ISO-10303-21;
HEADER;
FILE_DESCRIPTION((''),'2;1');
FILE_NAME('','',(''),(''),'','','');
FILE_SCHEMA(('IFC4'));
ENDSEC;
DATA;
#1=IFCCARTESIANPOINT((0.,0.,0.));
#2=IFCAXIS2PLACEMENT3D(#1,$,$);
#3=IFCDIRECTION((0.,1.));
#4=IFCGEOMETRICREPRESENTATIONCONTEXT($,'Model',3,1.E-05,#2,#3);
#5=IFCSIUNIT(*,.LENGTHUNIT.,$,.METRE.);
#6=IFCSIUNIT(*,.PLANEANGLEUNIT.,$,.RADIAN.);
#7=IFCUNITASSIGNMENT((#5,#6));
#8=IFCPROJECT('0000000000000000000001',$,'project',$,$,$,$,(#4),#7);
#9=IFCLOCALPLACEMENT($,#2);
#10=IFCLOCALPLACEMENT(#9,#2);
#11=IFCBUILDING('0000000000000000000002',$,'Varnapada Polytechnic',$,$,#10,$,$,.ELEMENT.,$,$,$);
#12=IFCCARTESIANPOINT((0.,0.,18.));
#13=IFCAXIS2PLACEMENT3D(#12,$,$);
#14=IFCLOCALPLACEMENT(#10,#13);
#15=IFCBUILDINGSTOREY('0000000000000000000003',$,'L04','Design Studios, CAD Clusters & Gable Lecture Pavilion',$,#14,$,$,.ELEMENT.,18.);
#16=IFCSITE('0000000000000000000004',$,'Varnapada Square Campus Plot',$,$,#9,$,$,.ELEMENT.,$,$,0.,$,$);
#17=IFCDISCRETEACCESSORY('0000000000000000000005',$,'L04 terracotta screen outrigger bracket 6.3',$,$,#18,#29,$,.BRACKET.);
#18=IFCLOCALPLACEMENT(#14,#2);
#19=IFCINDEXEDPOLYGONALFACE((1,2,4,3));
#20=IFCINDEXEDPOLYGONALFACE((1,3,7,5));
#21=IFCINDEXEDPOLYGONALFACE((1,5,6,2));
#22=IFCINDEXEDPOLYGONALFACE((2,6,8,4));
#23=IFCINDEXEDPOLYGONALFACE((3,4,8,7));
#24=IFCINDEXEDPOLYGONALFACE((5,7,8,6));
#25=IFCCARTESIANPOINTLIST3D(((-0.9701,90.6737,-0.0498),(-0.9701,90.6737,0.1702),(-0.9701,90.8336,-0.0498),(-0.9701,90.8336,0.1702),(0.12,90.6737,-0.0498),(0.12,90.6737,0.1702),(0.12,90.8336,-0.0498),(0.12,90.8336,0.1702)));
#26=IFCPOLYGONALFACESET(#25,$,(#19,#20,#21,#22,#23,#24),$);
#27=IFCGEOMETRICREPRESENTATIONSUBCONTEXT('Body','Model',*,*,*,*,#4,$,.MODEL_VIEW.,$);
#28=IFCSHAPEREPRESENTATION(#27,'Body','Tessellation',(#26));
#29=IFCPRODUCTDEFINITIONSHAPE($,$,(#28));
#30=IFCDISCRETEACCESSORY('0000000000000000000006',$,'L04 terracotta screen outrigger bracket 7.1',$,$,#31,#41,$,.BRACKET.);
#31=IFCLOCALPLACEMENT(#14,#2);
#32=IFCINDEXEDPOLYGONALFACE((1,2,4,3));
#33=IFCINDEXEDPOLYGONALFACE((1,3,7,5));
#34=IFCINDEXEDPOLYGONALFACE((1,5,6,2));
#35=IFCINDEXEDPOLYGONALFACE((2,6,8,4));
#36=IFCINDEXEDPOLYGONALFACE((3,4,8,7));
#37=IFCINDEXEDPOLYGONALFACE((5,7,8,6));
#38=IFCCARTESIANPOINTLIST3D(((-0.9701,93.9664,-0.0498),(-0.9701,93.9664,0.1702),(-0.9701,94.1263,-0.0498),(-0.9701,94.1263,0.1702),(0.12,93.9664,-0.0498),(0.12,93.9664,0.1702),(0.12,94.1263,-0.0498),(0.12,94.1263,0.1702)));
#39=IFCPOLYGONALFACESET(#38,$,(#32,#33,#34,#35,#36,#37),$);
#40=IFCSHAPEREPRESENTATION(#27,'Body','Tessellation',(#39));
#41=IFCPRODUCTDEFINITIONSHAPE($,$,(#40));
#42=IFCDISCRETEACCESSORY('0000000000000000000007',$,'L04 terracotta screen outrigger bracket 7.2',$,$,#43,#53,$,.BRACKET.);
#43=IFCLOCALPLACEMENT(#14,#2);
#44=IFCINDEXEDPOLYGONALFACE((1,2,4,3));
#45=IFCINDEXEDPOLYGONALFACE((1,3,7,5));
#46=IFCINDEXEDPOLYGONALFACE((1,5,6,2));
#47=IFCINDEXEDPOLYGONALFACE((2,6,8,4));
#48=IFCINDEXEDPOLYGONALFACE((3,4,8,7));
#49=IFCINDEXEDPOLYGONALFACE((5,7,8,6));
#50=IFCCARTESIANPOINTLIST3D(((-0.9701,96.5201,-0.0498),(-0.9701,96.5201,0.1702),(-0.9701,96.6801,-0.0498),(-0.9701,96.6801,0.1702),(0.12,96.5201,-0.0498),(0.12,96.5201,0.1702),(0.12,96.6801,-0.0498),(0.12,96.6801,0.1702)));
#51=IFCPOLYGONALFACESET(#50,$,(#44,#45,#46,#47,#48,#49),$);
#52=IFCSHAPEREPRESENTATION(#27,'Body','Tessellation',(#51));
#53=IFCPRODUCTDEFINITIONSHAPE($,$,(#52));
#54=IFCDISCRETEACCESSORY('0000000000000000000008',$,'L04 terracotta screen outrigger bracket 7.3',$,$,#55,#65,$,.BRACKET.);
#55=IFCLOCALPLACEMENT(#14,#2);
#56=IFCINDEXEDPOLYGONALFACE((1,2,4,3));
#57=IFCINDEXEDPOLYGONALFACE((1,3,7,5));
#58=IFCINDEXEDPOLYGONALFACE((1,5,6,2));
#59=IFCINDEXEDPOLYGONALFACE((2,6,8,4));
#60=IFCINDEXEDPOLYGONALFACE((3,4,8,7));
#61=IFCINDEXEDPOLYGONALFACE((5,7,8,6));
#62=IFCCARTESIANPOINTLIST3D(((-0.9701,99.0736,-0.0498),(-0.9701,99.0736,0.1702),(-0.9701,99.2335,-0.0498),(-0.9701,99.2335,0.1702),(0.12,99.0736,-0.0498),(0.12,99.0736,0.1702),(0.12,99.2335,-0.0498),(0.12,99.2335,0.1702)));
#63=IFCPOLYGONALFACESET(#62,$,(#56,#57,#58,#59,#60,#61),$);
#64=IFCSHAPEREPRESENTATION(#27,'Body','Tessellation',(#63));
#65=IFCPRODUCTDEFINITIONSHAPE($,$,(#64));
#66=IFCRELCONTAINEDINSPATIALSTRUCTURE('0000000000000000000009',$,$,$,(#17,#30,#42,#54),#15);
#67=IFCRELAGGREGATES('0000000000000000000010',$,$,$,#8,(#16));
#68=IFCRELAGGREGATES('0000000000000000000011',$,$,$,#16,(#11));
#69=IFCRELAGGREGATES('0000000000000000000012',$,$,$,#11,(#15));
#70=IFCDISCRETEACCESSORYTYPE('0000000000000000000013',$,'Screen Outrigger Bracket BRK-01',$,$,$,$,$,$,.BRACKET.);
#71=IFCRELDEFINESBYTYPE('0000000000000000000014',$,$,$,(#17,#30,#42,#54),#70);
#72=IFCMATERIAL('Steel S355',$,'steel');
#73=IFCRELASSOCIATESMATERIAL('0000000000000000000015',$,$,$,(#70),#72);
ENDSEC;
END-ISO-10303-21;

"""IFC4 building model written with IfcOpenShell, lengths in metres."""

from ifc_helpers import new_model, si_unit, direction, frame, origin, origin_2d, place, context, subcontext, project, spatial, rectangle, extrude, material, type_object, element, save


model = new_model("IFC4")

# Units and contexts
model_context = context("Model", 3, precision=1e-05, world=origin(), true_north=direction((0.0, 1.0)))
body_context = subcontext(model_context, "Body", "Model", "MODEL_VIEW")
ifc_project = project(units=[si_unit("LENGTHUNIT", "METRE"), si_unit("PLANEANGLEUNIT", "RADIAN")], contexts=[model_context])

# Site, building, storey
site_placement = place(None, origin())
site = spatial("IfcSite", under=ifc_project, at=site_placement, Name="Varnapada Square Campus Plot", CompositionType="ELEMENT", RefElevation=0.0)
building_placement = place(site_placement, origin())
building = spatial("IfcBuilding", under=site, at=building_placement, Name="Varnapada Polytechnic", CompositionType="ELEMENT")
storey_placement = place(building_placement, frame((0.0, 0.0, 18.0)))
storey = spatial("IfcBuildingStorey", under=building, at=storey_placement, Name="L04", Description="Design Studios, CAD Clusters & Gable Lecture Pavilion", CompositionType="ELEMENT", Elevation=18.0)

# Discrete accessories
ifc_material_1 = material(Name="Steel S355", Category="steel")
discrete_accessory_type = type_object("IfcDiscreteAccessoryType", Name="Screen Outrigger Bracket BRK-01", PredefinedType="BRACKET", material=ifc_material_1)
for number, where, z_axis, x_axis, name in (
    (1, (-0.425, 90.7537, -0.0498), (0.0, 0.0, 1.0), (0.0, 1.0, 0.0), "L04 terracotta screen outrigger bracket 6.3"),
    (2, (-0.425, 94.0464, -0.0498), (0.0, 0.0, 1.0), (0.0, 1.0, 0.0), "L04 terracotta screen outrigger bracket 7.1"),
    (3, (-0.425, 96.6001, -0.0498), (0.0, 0.0, 1.0), (0.0, 1.0, 0.0), "L04 terracotta screen outrigger bracket 7.2"),
    (4, (-0.425, 99.1536, -0.0498), (0.0, 0.0, 1.0), (0.0, 1.0, 0.0), "L04 terracotta screen outrigger bracket 7.3"),
):
    element("IfcDiscreteAccessory", number, at=place(storey_placement, frame(where, z_axis=z_axis, x_axis=x_axis)), inside=storey, type_object=discrete_accessory_type, Name=name, PredefinedType="BRACKET", context=body_context, shape_type="SweptSolid", body=[
        extrude(rectangle(XDim=0.1599, YDim=1.0901, at=origin_2d()), origin(), (0.0, 0.0, 1.0), 0.22),
    ])

save(model, "model.ifc")
